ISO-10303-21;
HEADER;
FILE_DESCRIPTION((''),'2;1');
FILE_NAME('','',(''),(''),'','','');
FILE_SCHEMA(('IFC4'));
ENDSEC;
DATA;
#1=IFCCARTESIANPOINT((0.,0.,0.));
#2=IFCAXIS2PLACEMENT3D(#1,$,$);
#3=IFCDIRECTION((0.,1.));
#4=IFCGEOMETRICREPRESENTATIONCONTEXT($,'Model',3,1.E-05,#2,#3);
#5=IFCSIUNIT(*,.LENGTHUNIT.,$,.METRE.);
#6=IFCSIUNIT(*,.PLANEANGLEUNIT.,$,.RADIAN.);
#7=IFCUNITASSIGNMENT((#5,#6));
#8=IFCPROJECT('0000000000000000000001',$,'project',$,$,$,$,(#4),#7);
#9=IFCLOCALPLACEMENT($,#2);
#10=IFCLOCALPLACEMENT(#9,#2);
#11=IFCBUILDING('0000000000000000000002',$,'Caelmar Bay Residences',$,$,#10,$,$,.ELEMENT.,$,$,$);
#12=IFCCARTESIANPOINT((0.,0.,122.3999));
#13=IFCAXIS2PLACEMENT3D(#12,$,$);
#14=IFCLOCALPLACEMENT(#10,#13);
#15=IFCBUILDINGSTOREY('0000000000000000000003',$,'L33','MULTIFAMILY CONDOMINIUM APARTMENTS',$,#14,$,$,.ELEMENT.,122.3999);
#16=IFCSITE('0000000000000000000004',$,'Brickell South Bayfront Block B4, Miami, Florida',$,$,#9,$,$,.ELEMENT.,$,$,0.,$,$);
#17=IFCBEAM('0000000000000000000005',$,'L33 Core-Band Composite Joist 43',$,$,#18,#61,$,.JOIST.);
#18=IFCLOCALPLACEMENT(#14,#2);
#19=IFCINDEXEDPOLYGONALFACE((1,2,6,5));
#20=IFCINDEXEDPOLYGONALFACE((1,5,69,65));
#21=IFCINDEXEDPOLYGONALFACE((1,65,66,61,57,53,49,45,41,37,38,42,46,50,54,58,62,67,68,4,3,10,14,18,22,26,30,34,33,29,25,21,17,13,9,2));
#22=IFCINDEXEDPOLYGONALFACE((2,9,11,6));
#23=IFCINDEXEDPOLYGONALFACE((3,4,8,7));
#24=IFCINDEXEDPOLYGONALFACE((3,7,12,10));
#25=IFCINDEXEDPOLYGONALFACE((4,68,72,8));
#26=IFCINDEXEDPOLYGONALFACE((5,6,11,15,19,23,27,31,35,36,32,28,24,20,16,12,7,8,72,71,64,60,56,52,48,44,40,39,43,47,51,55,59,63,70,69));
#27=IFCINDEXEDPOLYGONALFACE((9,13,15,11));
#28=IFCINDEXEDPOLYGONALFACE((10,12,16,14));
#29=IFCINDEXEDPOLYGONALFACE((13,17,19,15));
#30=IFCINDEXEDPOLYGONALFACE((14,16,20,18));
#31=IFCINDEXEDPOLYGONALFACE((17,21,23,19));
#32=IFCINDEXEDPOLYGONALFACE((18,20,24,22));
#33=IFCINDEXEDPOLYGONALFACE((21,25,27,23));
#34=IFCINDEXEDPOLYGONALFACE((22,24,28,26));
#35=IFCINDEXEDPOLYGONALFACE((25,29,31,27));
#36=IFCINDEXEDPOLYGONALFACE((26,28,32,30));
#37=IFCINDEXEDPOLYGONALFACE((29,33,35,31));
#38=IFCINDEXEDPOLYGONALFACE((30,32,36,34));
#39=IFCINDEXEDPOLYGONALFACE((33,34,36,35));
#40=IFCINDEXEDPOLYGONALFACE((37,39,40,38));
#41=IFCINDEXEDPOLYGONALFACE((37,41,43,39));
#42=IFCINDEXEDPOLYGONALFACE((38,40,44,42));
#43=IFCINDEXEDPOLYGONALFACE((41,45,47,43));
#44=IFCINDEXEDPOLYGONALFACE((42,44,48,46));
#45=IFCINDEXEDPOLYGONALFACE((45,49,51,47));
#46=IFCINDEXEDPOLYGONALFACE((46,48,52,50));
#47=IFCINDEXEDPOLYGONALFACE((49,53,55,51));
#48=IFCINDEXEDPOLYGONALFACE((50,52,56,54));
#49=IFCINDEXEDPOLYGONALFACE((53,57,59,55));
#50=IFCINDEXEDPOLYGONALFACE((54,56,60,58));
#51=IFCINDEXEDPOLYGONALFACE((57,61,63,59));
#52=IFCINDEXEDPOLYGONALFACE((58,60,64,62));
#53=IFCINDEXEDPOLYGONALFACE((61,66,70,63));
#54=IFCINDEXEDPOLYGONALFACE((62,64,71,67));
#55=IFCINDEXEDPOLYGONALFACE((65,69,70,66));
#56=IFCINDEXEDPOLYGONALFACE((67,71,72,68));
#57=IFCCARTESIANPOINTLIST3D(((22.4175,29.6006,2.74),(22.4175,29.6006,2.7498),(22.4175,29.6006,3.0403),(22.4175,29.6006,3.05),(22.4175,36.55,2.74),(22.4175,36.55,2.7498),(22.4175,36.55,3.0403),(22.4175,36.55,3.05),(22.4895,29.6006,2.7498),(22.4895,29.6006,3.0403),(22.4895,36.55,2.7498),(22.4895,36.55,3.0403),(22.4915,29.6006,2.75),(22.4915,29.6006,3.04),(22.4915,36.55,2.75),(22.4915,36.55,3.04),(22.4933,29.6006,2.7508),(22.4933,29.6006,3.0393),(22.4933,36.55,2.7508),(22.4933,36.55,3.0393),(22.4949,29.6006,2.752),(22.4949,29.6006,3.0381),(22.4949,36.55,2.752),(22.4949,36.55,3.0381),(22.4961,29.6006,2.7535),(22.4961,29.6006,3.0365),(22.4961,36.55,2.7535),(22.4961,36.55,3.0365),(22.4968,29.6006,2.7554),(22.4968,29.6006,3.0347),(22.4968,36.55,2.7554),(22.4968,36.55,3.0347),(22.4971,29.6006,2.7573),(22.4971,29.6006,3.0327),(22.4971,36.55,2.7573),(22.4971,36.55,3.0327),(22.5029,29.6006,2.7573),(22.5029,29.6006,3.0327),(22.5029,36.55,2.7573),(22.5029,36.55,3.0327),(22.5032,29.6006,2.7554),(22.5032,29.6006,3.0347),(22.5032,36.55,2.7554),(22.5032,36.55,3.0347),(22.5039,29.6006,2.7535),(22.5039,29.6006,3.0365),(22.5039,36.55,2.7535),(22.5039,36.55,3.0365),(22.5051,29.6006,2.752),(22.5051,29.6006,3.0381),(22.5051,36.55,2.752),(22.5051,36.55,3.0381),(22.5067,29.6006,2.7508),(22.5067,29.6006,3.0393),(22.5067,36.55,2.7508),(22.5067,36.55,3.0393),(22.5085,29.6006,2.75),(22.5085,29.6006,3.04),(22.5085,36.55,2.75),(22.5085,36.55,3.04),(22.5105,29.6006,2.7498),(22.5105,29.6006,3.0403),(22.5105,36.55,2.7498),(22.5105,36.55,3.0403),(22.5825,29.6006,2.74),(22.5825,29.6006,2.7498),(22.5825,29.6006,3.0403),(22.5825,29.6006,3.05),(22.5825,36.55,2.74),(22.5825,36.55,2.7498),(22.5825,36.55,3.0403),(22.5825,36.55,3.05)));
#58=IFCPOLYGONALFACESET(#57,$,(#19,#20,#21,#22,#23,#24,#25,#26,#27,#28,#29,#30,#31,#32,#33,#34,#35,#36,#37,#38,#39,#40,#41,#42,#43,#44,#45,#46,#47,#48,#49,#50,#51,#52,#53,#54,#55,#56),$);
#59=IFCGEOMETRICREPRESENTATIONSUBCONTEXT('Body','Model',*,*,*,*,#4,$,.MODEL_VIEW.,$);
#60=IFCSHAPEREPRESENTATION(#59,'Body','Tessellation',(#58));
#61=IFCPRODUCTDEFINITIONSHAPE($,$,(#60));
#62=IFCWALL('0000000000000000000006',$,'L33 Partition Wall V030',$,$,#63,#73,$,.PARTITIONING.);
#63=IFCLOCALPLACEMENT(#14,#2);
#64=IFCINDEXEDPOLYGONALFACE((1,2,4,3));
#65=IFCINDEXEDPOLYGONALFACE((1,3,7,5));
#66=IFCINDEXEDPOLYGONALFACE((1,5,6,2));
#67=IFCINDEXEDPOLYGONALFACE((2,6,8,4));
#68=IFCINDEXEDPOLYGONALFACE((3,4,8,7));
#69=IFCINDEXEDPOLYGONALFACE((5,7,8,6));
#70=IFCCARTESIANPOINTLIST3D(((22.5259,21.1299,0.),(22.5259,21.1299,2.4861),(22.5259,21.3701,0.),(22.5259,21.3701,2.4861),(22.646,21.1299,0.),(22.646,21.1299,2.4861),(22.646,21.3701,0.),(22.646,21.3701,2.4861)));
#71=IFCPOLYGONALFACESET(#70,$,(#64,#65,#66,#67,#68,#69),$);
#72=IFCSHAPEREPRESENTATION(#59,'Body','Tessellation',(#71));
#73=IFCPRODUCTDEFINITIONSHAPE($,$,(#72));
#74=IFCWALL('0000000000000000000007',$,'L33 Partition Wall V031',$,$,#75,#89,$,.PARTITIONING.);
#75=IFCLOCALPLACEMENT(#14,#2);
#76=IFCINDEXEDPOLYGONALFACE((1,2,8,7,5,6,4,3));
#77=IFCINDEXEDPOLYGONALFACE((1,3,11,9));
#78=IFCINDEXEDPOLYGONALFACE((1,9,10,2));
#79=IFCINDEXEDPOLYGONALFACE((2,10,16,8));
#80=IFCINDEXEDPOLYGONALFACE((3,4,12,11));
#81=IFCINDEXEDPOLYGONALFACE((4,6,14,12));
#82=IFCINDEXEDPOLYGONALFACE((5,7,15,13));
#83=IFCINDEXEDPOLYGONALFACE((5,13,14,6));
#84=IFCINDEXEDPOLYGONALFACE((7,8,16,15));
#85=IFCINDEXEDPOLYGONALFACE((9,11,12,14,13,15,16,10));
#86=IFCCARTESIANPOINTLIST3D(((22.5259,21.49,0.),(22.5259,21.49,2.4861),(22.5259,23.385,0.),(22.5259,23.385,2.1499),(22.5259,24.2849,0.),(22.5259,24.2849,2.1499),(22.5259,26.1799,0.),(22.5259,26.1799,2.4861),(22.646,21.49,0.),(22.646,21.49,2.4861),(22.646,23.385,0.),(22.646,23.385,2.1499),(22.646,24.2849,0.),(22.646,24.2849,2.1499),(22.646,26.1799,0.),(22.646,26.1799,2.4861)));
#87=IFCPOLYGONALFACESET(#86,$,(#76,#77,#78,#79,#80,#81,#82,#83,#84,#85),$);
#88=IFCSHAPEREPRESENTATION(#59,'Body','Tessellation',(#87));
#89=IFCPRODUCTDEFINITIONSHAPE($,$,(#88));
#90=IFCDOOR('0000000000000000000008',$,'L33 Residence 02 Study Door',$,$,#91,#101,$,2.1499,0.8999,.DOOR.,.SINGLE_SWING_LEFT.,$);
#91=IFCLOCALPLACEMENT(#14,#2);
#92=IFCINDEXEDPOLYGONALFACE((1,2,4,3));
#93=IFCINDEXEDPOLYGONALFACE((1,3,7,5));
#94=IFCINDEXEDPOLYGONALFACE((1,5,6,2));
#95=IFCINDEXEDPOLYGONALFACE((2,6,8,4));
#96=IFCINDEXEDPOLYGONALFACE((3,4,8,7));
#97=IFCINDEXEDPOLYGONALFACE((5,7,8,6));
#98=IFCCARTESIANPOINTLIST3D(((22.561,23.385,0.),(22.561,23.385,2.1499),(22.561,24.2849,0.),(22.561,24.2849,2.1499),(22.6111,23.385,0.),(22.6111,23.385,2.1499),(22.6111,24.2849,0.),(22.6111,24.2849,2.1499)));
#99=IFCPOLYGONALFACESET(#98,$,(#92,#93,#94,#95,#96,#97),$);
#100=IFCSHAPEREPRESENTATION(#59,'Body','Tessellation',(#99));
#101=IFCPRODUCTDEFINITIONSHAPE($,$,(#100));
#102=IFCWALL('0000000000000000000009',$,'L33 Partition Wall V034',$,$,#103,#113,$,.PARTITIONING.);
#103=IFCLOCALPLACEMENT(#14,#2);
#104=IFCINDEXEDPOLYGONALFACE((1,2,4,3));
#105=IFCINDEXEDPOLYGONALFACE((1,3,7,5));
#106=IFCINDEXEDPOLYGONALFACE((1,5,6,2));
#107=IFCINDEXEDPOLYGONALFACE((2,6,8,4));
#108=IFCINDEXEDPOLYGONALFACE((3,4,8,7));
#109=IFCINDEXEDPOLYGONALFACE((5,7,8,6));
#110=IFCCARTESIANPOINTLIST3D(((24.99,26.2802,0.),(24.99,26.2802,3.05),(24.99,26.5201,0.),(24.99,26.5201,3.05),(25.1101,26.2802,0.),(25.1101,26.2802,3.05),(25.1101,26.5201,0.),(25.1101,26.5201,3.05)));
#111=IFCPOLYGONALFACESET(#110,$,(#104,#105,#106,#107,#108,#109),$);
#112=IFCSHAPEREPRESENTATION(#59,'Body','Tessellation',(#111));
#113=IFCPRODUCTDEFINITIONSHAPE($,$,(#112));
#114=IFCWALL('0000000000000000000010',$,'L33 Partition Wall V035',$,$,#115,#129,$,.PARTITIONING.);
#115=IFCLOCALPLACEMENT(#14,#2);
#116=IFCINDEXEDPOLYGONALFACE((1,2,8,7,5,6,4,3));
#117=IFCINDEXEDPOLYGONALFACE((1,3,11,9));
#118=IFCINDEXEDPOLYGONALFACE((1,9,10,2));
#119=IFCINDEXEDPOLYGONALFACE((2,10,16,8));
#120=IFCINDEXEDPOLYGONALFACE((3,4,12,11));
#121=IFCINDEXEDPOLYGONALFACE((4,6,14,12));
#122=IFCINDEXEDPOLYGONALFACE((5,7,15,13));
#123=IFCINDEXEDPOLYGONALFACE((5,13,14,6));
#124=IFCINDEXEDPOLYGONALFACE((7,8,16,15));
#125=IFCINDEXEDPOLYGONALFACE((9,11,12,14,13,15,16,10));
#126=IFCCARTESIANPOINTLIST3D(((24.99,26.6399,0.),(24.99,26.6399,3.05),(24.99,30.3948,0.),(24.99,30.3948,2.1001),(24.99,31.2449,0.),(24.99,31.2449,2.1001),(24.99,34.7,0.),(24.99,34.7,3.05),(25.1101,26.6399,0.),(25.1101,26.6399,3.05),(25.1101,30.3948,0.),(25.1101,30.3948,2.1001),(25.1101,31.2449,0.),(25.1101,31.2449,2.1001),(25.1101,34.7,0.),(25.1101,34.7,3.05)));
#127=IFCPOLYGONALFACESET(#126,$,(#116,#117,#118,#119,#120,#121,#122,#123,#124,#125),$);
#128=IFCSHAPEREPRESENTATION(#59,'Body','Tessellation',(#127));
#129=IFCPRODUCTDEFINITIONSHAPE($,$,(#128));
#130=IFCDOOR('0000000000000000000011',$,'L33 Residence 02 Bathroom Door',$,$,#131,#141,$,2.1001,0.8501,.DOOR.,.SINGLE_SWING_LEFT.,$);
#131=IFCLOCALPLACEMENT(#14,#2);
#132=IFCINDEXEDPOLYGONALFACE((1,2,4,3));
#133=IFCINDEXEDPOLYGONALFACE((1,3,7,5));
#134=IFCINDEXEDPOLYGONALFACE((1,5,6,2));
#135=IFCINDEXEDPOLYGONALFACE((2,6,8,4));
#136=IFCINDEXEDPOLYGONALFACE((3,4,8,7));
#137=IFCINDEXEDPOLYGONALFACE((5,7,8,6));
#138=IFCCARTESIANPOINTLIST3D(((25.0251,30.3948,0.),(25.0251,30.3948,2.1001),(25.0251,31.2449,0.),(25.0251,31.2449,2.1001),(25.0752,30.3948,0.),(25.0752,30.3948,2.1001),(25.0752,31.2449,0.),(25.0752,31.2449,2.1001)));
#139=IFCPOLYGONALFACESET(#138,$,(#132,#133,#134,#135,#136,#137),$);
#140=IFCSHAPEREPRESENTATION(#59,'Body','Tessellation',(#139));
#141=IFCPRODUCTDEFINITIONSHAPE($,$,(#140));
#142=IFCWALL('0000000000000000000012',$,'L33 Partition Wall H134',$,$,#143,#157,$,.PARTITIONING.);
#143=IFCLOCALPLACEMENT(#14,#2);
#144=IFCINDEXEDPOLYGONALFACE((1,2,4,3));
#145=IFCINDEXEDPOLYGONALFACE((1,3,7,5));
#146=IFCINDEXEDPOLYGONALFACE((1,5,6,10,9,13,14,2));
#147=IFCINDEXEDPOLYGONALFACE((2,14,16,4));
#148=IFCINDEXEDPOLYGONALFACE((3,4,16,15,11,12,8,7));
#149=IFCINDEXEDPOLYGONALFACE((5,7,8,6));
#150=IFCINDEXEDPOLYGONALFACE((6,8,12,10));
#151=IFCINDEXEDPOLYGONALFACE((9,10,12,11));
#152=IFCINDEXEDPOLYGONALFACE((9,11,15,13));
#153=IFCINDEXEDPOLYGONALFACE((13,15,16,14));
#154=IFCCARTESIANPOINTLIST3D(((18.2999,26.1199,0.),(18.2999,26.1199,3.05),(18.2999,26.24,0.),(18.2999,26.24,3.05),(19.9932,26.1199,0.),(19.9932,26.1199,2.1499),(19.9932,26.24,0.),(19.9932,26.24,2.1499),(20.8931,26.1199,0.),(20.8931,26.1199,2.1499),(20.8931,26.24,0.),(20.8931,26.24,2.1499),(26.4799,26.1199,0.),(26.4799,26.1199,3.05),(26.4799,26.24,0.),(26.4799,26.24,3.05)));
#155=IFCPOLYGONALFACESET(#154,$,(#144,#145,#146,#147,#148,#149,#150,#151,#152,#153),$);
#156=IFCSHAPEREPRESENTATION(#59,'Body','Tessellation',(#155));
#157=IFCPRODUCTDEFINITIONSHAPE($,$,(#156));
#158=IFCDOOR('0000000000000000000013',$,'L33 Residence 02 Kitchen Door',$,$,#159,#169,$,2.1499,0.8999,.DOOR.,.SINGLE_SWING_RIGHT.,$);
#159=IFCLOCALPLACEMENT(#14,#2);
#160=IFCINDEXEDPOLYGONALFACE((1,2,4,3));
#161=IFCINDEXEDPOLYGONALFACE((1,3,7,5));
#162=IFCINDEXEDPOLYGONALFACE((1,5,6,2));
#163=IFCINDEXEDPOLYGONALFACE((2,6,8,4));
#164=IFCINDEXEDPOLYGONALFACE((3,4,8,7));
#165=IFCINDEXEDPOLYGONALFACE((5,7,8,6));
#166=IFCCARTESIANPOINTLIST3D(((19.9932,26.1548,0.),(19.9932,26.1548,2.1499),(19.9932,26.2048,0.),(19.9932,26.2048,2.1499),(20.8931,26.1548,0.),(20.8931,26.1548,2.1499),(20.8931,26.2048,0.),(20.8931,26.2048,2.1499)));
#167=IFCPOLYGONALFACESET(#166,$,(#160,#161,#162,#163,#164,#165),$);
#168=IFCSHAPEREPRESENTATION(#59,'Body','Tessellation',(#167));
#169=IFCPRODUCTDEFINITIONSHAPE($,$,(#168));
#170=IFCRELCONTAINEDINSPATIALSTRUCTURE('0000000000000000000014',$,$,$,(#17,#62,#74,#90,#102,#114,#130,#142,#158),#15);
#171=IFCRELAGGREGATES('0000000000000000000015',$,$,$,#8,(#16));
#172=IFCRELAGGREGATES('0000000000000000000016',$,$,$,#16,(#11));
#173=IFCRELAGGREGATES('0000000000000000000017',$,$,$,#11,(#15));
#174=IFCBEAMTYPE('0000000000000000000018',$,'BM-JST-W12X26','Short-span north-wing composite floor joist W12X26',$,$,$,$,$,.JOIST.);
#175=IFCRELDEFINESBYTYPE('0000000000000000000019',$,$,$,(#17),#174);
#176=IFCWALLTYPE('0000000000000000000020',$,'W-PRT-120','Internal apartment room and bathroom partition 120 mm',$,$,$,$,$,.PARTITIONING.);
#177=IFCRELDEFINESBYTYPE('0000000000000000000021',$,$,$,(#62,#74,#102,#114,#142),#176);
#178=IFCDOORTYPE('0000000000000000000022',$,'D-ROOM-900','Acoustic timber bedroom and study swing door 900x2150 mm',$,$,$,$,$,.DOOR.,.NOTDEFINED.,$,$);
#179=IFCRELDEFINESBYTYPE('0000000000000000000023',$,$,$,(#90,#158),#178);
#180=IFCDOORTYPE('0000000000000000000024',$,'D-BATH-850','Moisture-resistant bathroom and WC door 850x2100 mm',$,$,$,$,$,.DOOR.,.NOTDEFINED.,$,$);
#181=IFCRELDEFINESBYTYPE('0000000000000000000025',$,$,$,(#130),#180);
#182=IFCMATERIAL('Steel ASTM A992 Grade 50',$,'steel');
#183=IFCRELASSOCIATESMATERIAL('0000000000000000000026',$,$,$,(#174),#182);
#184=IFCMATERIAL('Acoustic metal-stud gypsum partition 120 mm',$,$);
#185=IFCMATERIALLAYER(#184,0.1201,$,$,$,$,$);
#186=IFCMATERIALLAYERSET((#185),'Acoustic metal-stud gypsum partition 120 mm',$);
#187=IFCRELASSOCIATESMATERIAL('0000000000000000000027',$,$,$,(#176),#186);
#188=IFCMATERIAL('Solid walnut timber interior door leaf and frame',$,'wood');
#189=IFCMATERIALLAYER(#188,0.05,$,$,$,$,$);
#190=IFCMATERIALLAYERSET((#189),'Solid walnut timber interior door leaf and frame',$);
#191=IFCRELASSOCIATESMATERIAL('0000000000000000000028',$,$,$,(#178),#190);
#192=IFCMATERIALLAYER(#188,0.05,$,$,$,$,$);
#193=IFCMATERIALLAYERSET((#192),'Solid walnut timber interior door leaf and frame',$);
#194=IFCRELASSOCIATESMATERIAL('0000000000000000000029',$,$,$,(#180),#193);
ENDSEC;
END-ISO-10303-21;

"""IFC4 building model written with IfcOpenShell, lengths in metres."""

from ifc_helpers import new_model, si_unit, direction, frame, frame_2d, origin, origin_2d, place, context, subcontext, project, spatial, rectangle, i_section, extrude, material, layer, layer_set, material_profile, profile_set, type_object, element, fill, save


model = new_model("IFC4")

# Units and contexts
model_context = context("Model", 3, precision=1e-05, world=origin(), true_north=direction((0.0, 1.0)))
body_context = subcontext(model_context, "Body", "Model", "MODEL_VIEW")
ifc_project = project(units=[si_unit("LENGTHUNIT", "METRE"), si_unit("PLANEANGLEUNIT", "RADIAN")], contexts=[model_context])

# Site, building, storey
site_placement = place(None, origin())
site = spatial("IfcSite", under=ifc_project, at=site_placement, Name="Brickell South Bayfront Block B4, Miami, Florida", CompositionType="ELEMENT", RefElevation=0.0)
building_placement = place(site_placement, origin())
building = spatial("IfcBuilding", under=site, at=building_placement, Name="Caelmar Bay Residences", CompositionType="ELEMENT")
storey_placement = place(building_placement, frame((0.0, 0.0, 122.3999)))
storey = spatial("IfcBuildingStorey", under=building, at=storey_placement, Name="L33", Description="MULTIFAMILY CONDOMINIUM APARTMENTS", CompositionType="ELEMENT", Elevation=122.3999)

# Beam
ifc_material_1 = material(Name="Steel ASTM A992 Grade 50", Category="steel")
ifc_material_profile_1 = material_profile(ifc_material_1, i_section(OverallWidth=0.165, OverallDepth=0.3101, WebThickness=0.0059, FlangeThickness=0.0098, FilletRadius=0.0076, at=origin_2d()), Name="W12X26")
ifc_profile_set_1 = profile_set([ifc_material_profile_1], Name="Steel ASTM A992 Grade 50")
beam_type_1 = type_object("IfcBeamType", Name="BM-JST-W12X26", Description="Short-span north-wing composite floor joist W12X26", PredefinedType="JOIST", material=ifc_profile_set_1)
beam_1_placement = place(storey_placement, frame((22.5, 29.6006, 2.895), z_axis=(0.0, 1.0, 0.0), x_axis=(-1.0, 0.0, 0.0)))
element("IfcBeam", 1, at=beam_1_placement, inside=storey, type_object=beam_type_1, Name="L33 Core-Band Composite Joist 43", PredefinedType="JOIST", context=body_context, shape_type="SweptSolid", body=[
    extrude(i_section(OverallWidth=0.165, OverallDepth=0.3101, WebThickness=0.0059, FlangeThickness=0.0098, FilletRadius=0.0076, at=origin_2d()), origin(), (0.0, 0.0, 1.0), 6.9495),
])

# Wall
ifc_material_2 = material(Name="Acoustic metal-stud gypsum partition 120 mm")
ifc_layer_1 = layer(ifc_material_2, 0.1201)
ifc_layer_set_1 = layer_set([ifc_layer_1], Name="Acoustic metal-stud gypsum partition 120 mm")
wall_type_1 = type_object("IfcWallType", Name="W-PRT-120", Description="Internal apartment room and bathroom partition 120 mm", PredefinedType="PARTITIONING", material=ifc_layer_set_1)
wall_1_placement = place(storey_placement, frame((22.5859, 21.1299, 0.0), z_axis=(0.0, 0.0, 1.0), x_axis=(0.0, 1.0, 0.0)))
element("IfcWall", 2, at=wall_1_placement, inside=storey, type_object=wall_type_1, Name="L33 Partition Wall V030", PredefinedType="PARTITIONING", context=body_context, shape_type="SweptSolid", body=[
    extrude(rectangle(XDim=0.2402, YDim=0.1201, at=frame_2d((0.1201, 0.0))), origin(), (0.0, 0.0, 1.0), 2.4861),
])

# Wall, opening, door
wall_2_placement = place(storey_placement, frame((22.5859, 21.49, 0.0), z_axis=(0.0, 0.0, 1.0), x_axis=(0.0, 1.0, 0.0)))
wall_2 = element("IfcWall", 3, at=wall_2_placement, inside=storey, type_object=wall_type_1, Name="L33 Partition Wall V031", PredefinedType="PARTITIONING", context=body_context, shape_type="SweptSolid", body=[
    extrude(rectangle(XDim=4.6899, YDim=0.1201, at=frame_2d((2.345, 0.0))), origin(), (0.0, 0.0, 1.0), 2.4861),
])
opening_1_placement = place(wall_2_placement, frame((1.895, 0.0, 0.0)))
opening_1 = element("IfcOpeningElement", 4, at=opening_1_placement, cuts=wall_2, PredefinedType="OPENING", context=body_context, shape_type="SweptSolid", body=[
    extrude(rectangle(XDim=0.8999, YDim=2.1499, at=frame_2d((0.45, 1.075))), frame((0.0, 0.0701, 0.0), z_axis=(0.0, -1.0, 0.0), x_axis=(1.0, 0.0, 0.0)), (0.0, 0.0, 1.0), 0.1401),
])
ifc_material_3 = material(Name="Solid walnut timber interior door leaf and frame", Category="wood")
ifc_layer_2 = layer(ifc_material_3, 0.05)
ifc_layer_set_2 = layer_set([ifc_layer_2], Name="Solid walnut timber interior door leaf and frame")
door_type_1 = type_object("IfcDoorType", Name="D-ROOM-900", Description="Acoustic timber bedroom and study swing door 900x2150 mm", OperationType="NOTDEFINED", PredefinedType="DOOR", material=ifc_layer_set_2)
door_1_placement = place(opening_1_placement, origin())
door_1 = element("IfcDoor", 5, at=door_1_placement, inside=storey, type_object=door_type_1, Name="L33 Residence 02 Study Door", OperationType="SINGLE_SWING_LEFT", OverallHeight=2.1499, OverallWidth=0.8999, PredefinedType="DOOR", context=body_context, shape_type="SweptSolid", body=[
    extrude(rectangle(XDim=0.8999, YDim=2.1499, at=frame_2d((0.45, 1.075))), frame((0.0, 0.0249, 0.0), z_axis=(0.0, -1.0, 0.0), x_axis=(1.0, 0.0, 0.0)), (0.0, 0.0, 1.0), 0.05),
])
fill(opening_1, door_1)

# Wall
wall_3_placement = place(storey_placement, frame((25.05, 26.28, 0.0), z_axis=(0.0, 0.0, 1.0), x_axis=(0.0, 1.0, 0.0)))
element("IfcWall", 6, at=wall_3_placement, inside=storey, type_object=wall_type_1, Name="L33 Partition Wall V034", PredefinedType="PARTITIONING", context=body_context, shape_type="SweptSolid", body=[
    extrude(rectangle(XDim=0.24, YDim=0.1201, at=frame_2d((0.1201, 0.0))), origin(), (0.0, 0.0, 1.0), 3.05),
])

# Walls, openings, doors
wall_4_placement = place(storey_placement, frame((25.05, 26.6399, 0.0), z_axis=(0.0, 0.0, 1.0), x_axis=(0.0, 1.0, 0.0)))
wall_4 = element("IfcWall", 7, at=wall_4_placement, inside=storey, type_object=wall_type_1, Name="L33 Partition Wall V035", PredefinedType="PARTITIONING", context=body_context, shape_type="SweptSolid", body=[
    extrude(rectangle(XDim=8.0601, YDim=0.1201, at=frame_2d((4.03, 0.0))), origin(), (0.0, 0.0, 1.0), 3.05),
])
opening_2_placement = place(wall_4_placement, frame((3.7549, 0.0, 0.0)))
opening_2 = element("IfcOpeningElement", 8, at=opening_2_placement, cuts=wall_4, PredefinedType="OPENING", context=body_context, shape_type="SweptSolid", body=[
    extrude(rectangle(XDim=0.8501, YDim=2.1001, at=frame_2d((0.425, 1.05))), frame((0.0, 0.0701, 0.0), z_axis=(0.0, -1.0, 0.0), x_axis=(1.0, 0.0, 0.0)), (0.0, 0.0, 1.0), 0.1401),
])
ifc_layer_3 = layer(ifc_material_3, 0.05)
ifc_layer_set_3 = layer_set([ifc_layer_3], Name="Solid walnut timber interior door leaf and frame")
door_type_2 = type_object("IfcDoorType", Name="D-BATH-850", Description="Moisture-resistant bathroom and WC door 850x2100 mm", OperationType="NOTDEFINED", PredefinedType="DOOR", material=ifc_layer_set_3)
door_2_placement = place(opening_2_placement, origin())
door_2 = element("IfcDoor", 9, at=door_2_placement, inside=storey, type_object=door_type_2, Name="L33 Residence 02 Bathroom Door", OperationType="SINGLE_SWING_LEFT", OverallHeight=2.1001, OverallWidth=0.8501, PredefinedType="DOOR", context=body_context, shape_type="SweptSolid", body=[
    extrude(rectangle(XDim=0.8501, YDim=2.1001, at=frame_2d((0.425, 1.05))), frame((0.0, 0.0249, 0.0), z_axis=(0.0, -1.0, 0.0), x_axis=(1.0, 0.0, 0.0)), (0.0, 0.0, 1.0), 0.05),
])
fill(opening_2, door_2)
wall_5_placement = place(storey_placement, frame((18.3, 26.1799, 0.0), z_axis=(0.0, 0.0, 1.0), x_axis=(1.0, 0.0, 0.0)))
wall_5 = element("IfcWall", 10, at=wall_5_placement, inside=storey, type_object=wall_type_1, Name="L33 Partition Wall H134", PredefinedType="PARTITIONING", context=body_context, shape_type="SweptSolid", body=[
    extrude(rectangle(XDim=8.1799, YDim=0.1201, at=frame_2d((4.0898, 0.0))), origin(), (0.0, 0.0, 1.0), 3.05),
])
opening_3_placement = place(wall_5_placement, frame((1.6931, 0.0, 0.0)))
opening_3 = element("IfcOpeningElement", 11, at=opening_3_placement, cuts=wall_5, PredefinedType="OPENING", context=body_context, shape_type="SweptSolid", body=[
    extrude(rectangle(XDim=0.8999, YDim=2.1499, at=frame_2d((0.45, 1.075))), frame((0.0, 0.0701, 0.0), z_axis=(0.0, -1.0, 0.0), x_axis=(1.0, 0.0, 0.0)), (0.0, 0.0, 1.0), 0.1401),
])
door_3_placement = place(opening_3_placement, origin())
door_3 = element("IfcDoor", 12, at=door_3_placement, inside=storey, type_object=door_type_1, Name="L33 Residence 02 Kitchen Door", OperationType="SINGLE_SWING_RIGHT", OverallHeight=2.1499, OverallWidth=0.8999, PredefinedType="DOOR", context=body_context, shape_type="SweptSolid", body=[
    extrude(rectangle(XDim=0.8999, YDim=2.1499, at=frame_2d((0.45, 1.075))), frame((0.0, 0.0249, 0.0), z_axis=(0.0, -1.0, 0.0), x_axis=(1.0, 0.0, 0.0)), (0.0, 0.0, 1.0), 0.05),
])
fill(opening_3, door_3)

save(model, "model.ifc")
